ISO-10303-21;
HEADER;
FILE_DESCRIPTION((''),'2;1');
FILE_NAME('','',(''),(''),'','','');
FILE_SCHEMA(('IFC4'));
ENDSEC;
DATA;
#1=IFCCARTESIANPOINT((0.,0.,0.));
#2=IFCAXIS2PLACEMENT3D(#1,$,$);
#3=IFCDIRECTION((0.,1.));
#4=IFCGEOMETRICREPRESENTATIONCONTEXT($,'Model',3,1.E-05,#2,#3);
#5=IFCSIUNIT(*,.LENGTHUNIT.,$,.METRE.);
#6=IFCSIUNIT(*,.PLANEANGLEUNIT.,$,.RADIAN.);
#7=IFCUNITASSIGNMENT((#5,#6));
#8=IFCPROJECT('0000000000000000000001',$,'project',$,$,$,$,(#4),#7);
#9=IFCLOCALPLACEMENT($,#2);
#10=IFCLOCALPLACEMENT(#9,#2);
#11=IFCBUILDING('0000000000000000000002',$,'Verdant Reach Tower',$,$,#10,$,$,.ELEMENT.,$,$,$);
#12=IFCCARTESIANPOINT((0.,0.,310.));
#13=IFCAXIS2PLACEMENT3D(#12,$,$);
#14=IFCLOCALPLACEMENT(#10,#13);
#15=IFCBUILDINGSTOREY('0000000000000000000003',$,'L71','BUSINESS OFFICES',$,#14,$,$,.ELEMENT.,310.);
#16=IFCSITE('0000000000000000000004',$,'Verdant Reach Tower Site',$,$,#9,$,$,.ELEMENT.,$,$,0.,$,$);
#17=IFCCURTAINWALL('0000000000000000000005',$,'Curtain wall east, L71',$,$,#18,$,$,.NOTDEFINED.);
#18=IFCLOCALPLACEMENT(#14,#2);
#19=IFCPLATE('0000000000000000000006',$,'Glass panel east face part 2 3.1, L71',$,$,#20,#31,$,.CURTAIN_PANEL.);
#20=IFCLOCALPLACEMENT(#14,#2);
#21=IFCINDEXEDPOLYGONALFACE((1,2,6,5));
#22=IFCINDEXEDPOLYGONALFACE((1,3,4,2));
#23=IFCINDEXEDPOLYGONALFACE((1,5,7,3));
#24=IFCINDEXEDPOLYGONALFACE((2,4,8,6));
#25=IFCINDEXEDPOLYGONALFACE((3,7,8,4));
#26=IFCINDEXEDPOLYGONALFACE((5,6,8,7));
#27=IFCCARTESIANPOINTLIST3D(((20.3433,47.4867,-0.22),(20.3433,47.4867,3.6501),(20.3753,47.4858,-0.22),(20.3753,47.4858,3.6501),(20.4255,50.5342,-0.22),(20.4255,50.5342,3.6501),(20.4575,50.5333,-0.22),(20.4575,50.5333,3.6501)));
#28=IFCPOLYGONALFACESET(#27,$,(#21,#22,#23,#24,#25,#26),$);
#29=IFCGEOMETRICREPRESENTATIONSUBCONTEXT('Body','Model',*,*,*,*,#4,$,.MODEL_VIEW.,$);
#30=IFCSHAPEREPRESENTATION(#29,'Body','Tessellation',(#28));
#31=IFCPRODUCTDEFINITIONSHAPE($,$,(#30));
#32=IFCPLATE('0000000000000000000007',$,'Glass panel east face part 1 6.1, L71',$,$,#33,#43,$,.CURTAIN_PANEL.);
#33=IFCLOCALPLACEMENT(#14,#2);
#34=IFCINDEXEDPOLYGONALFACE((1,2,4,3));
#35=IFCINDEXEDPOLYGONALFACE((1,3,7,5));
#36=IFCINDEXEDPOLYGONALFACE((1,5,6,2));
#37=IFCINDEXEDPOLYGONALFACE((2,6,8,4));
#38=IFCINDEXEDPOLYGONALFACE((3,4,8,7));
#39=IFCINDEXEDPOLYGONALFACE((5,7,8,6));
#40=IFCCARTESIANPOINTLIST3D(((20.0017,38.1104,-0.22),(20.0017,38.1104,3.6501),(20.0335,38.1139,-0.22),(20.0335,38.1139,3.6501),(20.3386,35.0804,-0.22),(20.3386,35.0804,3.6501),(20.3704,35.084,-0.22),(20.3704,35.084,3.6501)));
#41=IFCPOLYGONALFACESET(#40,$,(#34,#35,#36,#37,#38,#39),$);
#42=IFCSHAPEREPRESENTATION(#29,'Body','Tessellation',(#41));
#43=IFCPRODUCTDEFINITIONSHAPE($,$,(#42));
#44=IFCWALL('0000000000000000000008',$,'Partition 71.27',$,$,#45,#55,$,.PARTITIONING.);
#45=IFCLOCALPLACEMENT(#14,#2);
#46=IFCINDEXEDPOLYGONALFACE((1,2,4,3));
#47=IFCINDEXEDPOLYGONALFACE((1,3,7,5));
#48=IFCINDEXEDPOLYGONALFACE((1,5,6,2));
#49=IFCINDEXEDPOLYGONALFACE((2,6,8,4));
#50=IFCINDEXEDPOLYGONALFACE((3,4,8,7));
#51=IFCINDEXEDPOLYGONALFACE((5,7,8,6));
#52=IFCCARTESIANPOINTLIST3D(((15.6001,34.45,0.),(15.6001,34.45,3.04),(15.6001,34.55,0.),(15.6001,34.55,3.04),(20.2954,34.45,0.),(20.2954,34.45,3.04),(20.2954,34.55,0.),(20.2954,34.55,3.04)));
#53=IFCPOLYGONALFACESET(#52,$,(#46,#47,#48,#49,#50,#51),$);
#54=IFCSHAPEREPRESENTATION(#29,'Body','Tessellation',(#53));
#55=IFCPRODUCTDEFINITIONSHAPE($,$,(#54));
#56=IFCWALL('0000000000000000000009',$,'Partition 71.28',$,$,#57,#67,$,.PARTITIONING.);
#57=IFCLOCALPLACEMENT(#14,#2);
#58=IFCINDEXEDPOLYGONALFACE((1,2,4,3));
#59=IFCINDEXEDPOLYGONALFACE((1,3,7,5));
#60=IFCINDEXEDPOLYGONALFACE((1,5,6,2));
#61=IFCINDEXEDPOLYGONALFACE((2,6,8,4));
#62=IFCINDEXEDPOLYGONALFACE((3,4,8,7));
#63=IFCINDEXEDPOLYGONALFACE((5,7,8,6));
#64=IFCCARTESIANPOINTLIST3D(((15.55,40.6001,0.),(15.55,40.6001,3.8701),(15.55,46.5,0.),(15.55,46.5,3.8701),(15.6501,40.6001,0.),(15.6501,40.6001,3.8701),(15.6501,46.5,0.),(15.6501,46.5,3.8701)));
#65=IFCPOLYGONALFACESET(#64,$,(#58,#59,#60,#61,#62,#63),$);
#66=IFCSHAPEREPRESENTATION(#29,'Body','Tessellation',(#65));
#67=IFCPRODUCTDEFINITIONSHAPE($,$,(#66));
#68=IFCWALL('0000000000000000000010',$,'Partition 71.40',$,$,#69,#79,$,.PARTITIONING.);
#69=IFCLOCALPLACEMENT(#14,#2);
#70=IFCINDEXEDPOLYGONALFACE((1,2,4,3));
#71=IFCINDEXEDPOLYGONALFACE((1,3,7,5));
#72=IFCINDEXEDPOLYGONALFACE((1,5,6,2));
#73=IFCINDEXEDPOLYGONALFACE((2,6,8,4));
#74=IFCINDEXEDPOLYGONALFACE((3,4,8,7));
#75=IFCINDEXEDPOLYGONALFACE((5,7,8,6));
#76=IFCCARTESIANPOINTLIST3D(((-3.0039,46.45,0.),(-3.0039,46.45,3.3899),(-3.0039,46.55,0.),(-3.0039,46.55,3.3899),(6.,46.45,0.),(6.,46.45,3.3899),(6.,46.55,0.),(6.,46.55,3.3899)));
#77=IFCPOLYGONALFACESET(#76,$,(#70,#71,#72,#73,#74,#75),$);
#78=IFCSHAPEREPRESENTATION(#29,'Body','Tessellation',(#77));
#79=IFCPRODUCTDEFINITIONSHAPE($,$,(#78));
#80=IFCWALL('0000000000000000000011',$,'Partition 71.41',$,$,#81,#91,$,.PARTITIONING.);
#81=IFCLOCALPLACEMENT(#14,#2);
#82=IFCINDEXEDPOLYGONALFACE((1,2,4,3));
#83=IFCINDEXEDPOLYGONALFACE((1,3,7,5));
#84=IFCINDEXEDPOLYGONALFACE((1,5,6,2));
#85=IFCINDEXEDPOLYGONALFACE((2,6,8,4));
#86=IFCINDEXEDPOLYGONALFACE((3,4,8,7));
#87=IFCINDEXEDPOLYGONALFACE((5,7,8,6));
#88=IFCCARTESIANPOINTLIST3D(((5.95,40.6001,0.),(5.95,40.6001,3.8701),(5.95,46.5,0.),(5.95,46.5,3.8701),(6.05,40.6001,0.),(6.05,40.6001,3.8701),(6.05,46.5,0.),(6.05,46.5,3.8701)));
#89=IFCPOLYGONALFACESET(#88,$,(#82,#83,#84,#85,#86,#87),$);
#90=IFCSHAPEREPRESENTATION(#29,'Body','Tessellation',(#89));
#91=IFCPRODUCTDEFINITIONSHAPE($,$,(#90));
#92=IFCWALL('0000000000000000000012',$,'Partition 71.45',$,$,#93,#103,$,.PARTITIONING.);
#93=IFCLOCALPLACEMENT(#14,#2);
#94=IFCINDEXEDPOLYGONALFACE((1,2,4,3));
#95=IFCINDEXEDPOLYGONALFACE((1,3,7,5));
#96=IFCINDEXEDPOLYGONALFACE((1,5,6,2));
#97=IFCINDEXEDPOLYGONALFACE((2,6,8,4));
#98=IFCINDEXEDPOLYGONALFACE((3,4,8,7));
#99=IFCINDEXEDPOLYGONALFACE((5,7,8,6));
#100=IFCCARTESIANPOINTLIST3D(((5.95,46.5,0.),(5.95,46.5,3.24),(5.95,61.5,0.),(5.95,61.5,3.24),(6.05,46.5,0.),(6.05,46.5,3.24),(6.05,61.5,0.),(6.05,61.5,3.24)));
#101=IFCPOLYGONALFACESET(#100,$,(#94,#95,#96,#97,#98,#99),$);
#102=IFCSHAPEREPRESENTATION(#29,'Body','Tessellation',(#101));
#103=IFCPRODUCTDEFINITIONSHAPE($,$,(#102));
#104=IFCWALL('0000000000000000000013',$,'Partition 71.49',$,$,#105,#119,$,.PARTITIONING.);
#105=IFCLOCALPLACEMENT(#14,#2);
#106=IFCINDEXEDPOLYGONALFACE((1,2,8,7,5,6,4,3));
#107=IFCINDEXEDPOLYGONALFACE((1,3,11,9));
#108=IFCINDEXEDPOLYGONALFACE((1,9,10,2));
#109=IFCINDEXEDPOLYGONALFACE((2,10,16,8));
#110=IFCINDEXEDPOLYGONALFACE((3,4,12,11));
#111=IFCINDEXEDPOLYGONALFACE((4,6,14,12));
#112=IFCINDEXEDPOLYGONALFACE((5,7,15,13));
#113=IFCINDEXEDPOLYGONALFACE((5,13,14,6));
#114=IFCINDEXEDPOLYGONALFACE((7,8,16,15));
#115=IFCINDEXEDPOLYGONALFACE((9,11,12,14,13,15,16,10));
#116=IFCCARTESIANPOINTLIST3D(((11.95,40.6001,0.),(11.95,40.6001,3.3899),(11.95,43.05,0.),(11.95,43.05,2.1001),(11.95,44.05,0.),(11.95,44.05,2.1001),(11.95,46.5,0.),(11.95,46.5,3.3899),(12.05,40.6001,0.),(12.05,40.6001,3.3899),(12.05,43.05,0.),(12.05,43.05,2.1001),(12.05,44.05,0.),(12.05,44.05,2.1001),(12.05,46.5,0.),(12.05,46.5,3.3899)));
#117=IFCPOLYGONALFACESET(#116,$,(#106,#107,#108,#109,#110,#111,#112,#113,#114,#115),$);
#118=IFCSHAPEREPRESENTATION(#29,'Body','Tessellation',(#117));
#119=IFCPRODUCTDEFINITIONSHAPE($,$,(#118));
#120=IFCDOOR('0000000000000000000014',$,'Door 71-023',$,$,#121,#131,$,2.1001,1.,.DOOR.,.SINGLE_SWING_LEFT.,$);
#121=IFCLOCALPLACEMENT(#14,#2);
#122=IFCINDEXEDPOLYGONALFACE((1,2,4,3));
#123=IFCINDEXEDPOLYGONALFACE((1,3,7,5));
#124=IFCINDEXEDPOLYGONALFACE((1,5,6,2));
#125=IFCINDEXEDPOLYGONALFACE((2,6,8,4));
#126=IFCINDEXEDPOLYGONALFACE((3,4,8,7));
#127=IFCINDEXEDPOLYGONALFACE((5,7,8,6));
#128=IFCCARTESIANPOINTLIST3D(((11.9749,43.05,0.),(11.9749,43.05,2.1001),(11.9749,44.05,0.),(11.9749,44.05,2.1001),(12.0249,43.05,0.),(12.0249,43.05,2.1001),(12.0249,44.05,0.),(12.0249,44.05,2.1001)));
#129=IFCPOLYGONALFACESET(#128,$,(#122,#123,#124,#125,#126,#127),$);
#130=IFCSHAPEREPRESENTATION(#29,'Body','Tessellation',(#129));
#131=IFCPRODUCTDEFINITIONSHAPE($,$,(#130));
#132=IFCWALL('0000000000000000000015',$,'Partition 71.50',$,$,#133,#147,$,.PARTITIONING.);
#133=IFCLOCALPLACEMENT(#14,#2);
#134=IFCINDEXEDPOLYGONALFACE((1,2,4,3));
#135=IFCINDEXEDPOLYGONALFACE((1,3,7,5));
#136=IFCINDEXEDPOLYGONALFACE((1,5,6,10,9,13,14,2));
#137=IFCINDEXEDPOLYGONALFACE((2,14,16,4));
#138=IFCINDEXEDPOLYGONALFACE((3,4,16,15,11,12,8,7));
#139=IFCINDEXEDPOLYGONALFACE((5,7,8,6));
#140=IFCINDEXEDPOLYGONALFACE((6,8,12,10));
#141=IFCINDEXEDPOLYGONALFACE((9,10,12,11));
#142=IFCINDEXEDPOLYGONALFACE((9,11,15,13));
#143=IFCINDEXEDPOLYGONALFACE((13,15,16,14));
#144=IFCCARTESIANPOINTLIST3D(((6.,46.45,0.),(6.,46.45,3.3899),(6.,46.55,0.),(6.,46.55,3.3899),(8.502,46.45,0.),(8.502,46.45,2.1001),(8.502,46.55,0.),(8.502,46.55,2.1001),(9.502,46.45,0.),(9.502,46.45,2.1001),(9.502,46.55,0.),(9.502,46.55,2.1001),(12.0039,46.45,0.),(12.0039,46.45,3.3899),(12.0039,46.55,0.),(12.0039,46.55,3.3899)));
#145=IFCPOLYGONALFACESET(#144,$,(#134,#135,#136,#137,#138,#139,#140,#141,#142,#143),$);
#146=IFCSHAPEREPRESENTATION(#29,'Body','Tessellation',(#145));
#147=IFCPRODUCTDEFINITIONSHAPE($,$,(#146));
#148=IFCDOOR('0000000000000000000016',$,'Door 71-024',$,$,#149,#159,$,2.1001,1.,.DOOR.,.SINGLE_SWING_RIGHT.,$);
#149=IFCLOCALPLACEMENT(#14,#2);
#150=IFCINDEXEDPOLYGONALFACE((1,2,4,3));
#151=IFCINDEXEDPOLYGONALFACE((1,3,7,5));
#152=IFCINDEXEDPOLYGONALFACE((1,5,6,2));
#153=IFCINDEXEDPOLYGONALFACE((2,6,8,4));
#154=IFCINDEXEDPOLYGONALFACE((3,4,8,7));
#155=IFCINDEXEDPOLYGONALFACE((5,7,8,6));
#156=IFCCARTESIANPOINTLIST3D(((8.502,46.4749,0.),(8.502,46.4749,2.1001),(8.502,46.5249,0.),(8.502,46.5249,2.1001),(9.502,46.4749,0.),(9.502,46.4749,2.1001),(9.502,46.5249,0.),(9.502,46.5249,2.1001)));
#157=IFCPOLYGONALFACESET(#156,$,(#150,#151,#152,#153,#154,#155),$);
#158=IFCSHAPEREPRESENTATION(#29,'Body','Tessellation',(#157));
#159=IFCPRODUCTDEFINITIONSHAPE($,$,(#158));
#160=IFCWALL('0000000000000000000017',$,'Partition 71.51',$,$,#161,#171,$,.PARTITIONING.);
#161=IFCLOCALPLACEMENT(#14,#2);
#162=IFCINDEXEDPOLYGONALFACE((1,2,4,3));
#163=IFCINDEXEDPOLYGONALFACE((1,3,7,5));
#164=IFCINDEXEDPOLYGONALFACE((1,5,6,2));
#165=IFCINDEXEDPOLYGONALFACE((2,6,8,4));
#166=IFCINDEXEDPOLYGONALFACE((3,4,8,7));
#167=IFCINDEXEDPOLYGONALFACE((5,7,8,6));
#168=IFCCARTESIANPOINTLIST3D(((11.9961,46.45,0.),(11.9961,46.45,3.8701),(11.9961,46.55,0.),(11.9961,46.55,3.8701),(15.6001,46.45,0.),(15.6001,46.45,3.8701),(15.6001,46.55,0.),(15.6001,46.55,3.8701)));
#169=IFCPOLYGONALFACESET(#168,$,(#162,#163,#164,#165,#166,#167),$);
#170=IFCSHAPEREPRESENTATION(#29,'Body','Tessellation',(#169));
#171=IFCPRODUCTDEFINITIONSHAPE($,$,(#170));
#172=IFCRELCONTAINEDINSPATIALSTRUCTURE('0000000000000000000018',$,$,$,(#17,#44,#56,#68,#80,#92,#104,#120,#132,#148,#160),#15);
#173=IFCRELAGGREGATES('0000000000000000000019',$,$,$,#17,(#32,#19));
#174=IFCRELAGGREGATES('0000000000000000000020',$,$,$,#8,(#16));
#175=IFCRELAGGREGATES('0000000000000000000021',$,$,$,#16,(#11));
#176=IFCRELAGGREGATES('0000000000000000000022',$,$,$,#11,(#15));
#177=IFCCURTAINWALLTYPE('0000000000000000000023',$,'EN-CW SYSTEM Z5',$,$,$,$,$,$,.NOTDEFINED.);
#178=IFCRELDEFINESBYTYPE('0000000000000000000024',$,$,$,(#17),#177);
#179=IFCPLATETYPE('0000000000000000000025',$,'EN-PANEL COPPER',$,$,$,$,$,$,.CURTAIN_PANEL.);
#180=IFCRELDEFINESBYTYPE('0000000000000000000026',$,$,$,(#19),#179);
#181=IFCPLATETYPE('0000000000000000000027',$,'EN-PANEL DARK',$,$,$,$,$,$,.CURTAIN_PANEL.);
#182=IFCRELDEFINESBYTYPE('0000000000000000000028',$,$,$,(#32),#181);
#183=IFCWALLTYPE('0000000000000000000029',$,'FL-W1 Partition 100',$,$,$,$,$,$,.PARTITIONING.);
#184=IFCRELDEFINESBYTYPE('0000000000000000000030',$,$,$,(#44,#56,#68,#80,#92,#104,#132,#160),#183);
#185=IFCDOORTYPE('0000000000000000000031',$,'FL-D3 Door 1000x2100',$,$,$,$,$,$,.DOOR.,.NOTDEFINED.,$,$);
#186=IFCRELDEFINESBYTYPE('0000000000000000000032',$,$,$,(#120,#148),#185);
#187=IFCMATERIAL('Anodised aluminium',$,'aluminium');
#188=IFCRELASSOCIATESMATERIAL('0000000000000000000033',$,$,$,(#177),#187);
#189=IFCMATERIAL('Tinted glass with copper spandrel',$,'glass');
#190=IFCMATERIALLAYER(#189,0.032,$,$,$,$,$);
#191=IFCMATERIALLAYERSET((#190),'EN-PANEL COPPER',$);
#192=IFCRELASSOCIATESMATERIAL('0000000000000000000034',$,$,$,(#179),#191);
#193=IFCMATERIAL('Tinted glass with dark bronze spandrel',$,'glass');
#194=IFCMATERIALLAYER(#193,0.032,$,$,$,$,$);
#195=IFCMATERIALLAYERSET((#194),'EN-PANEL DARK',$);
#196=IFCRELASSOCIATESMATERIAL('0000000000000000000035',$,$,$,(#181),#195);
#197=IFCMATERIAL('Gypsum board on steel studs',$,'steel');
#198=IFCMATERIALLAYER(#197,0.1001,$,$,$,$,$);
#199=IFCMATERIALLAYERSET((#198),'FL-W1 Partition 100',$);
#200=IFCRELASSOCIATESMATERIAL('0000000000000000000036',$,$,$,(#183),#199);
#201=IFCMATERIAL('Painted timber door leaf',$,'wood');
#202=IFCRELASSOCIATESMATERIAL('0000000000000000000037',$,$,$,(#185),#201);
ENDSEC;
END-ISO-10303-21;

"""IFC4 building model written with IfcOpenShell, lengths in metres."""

from ifc_helpers import new_model, si_unit, direction, frame, frame_2d, origin, origin_2d, place, context, subcontext, project, spatial, rectangle, extrude, material, layer, layer_set, type_object, element, fill, aggregate, save


model = new_model("IFC4")

# Units and contexts
model_context = context("Model", 3, precision=1e-05, world=origin(), true_north=direction((0.0, 1.0)))
body_context = subcontext(model_context, "Body", "Model", "MODEL_VIEW")
ifc_project = project(units=[si_unit("LENGTHUNIT", "METRE"), si_unit("PLANEANGLEUNIT", "RADIAN")], contexts=[model_context])

# Site, building, storey
site_placement = place(None, origin())
site = spatial("IfcSite", under=ifc_project, at=site_placement, Name="Verdant Reach Tower Site", CompositionType="ELEMENT", RefElevation=0.0)
building_placement = place(site_placement, origin())
building = spatial("IfcBuilding", under=site, at=building_placement, Name="Verdant Reach Tower", CompositionType="ELEMENT")
storey_placement = place(building_placement, frame((0.0, 0.0, 310.0)))
storey = spatial("IfcBuildingStorey", under=building, at=storey_placement, Name="L71", Description="BUSINESS OFFICES", CompositionType="ELEMENT", Elevation=310.0)

# Curtain wall
ifc_material_1 = material(Name="Anodised aluminium", Category="aluminium")
curtain_wall_type = type_object("IfcCurtainWallType", Name="EN-CW SYSTEM Z5", PredefinedType="NOTDEFINED", material=ifc_material_1)
curtain_wall_placement = place(storey_placement, origin())
curtain_wall = element("IfcCurtainWall", 1, at=curtain_wall_placement, inside=storey, type_object=curtain_wall_type, Name="Curtain wall east, L71", PredefinedType="NOTDEFINED")

# Plates
ifc_material_2 = material(Name="Tinted glass with copper spandrel", Category="glass")
ifc_layer_1 = layer(ifc_material_2, 0.032)
ifc_layer_set_1 = layer_set([ifc_layer_1], Name="EN-PANEL COPPER")
plate_type_1 = type_object("IfcPlateType", Name="EN-PANEL COPPER", PredefinedType="CURTAIN_PANEL", material=ifc_layer_set_1)
plate_1_placement = place(storey_placement, frame((20.4004, 49.01, -0.22), z_axis=(0.0, 0.0, 1.0), x_axis=(0.026965, 0.999636, 0.0)))
plate_1 = element("IfcPlate", 2, at=plate_1_placement, type_object=plate_type_1, Name="Glass panel east face part 2 3.1, L71", PredefinedType="CURTAIN_PANEL", context=body_context, shape_type="SweptSolid", body=[
    extrude(rectangle(XDim=3.0486, YDim=0.032, at=origin_2d()), origin(), (0.0, 0.0, 1.0), 3.8701),
])
ifc_material_3 = material(Name="Tinted glass with dark bronze spandrel", Category="glass")
ifc_layer_2 = layer(ifc_material_3, 0.032)
ifc_layer_set_2 = layer_set([ifc_layer_2], Name="EN-PANEL DARK")
plate_type_2 = type_object("IfcPlateType", Name="EN-PANEL DARK", PredefinedType="CURTAIN_PANEL", material=ifc_layer_set_2)
plate_2_placement = place(storey_placement, frame((20.186, 36.5972, -0.22), z_axis=(0.0, 0.0, 1.0), x_axis=(-0.110518, 0.993874, 0.0)))
plate_2 = element("IfcPlate", 3, at=plate_2_placement, type_object=plate_type_2, Name="Glass panel east face part 1 6.1, L71", PredefinedType="CURTAIN_PANEL", context=body_context, shape_type="SweptSolid", body=[
    extrude(rectangle(XDim=3.0486, YDim=0.032, at=origin_2d()), origin(), (0.0, 0.0, 1.0), 3.8701),
])
aggregate(curtain_wall, [plate_2, plate_1])

# Walls
ifc_material_4 = material(Name="Gypsum board on steel studs", Category="steel")
ifc_layer_3 = layer(ifc_material_4, 0.1001)
ifc_layer_set_3 = layer_set([ifc_layer_3], Name="FL-W1 Partition 100")
wall_type_1 = type_object("IfcWallType", Name="FL-W1 Partition 100", PredefinedType="PARTITIONING", material=ifc_layer_set_3)
wall_1_placement = place(storey_placement, frame((20.2954, 34.5, 0.0), z_axis=(0.0, 0.0, 1.0), x_axis=(-1.0, 0.0, 0.0)))
element("IfcWall", 4, at=wall_1_placement, inside=storey, type_object=wall_type_1, Name="Partition 71.27", PredefinedType="PARTITIONING", context=body_context, shape_type="SweptSolid", body=[
    extrude(rectangle(XDim=4.6953, YDim=0.1001, at=frame_2d((2.3477, 0.0))), origin(), (0.0, 0.0, 1.0), 3.04),
])
wall_2_placement = place(storey_placement, frame((15.6001, 46.5, 0.0), z_axis=(0.0, 0.0, 1.0), x_axis=(0.0, -1.0, 0.0)))
element("IfcWall", 5, at=wall_2_placement, inside=storey, type_object=wall_type_1, Name="Partition 71.28", PredefinedType="PARTITIONING", context=body_context, shape_type="SweptSolid", body=[
    extrude(rectangle(XDim=5.8999, YDim=0.1001, at=frame_2d((2.95, 0.0))), origin(), (0.0, 0.0, 1.0), 3.8701),
])
wall_3_placement = place(storey_placement, frame((6.0, 46.5, 0.0), z_axis=(0.0, 0.0, 1.0), x_axis=(-1.0, 0.0, 0.0)))
element("IfcWall", 6, at=wall_3_placement, inside=storey, type_object=wall_type_1, Name="Partition 71.40", PredefinedType="PARTITIONING", context=body_context, shape_type="SweptSolid", body=[
    extrude(rectangle(XDim=9.0039, YDim=0.1001, at=frame_2d((4.502, 0.0))), origin(), (0.0, 0.0, 1.0), 3.3899),
])
wall_4_placement = place(storey_placement, frame((6.0, 40.6001, 0.0), z_axis=(0.0, 0.0, 1.0), x_axis=(0.0, 1.0, 0.0)))
element("IfcWall", 7, at=wall_4_placement, inside=storey, type_object=wall_type_1, Name="Partition 71.41", PredefinedType="PARTITIONING", context=body_context, shape_type="SweptSolid", body=[
    extrude(rectangle(XDim=5.8999, YDim=0.1001, at=frame_2d((2.95, 0.0))), origin(), (0.0, 0.0, 1.0), 3.8701),
])
wall_5_placement = place(storey_placement, frame((6.0, 46.5, 0.0), z_axis=(0.0, 0.0, 1.0), x_axis=(0.0, 1.0, 0.0)))
element("IfcWall", 8, at=wall_5_placement, inside=storey, type_object=wall_type_1, Name="Partition 71.45", PredefinedType="PARTITIONING", context=body_context, shape_type="SweptSolid", body=[
    extrude(rectangle(XDim=15.0, YDim=0.1001, at=frame_2d((7.5, 0.0))), origin(), (0.0, 0.0, 1.0), 3.24),
])

# Walls, openings, doors
wall_6_placement = place(storey_placement, frame((12.0, 46.5, 0.0), z_axis=(0.0, 0.0, 1.0), x_axis=(0.0, -1.0, 0.0)))
wall_6 = element("IfcWall", 9, at=wall_6_placement, inside=storey, type_object=wall_type_1, Name="Partition 71.49", PredefinedType="PARTITIONING", context=body_context, shape_type="SweptSolid", body=[
    extrude(rectangle(XDim=5.8999, YDim=0.1001, at=frame_2d((2.95, 0.0))), origin(), (0.0, 0.0, 1.0), 3.3899),
])
opening_1_placement = place(wall_6_placement, frame((2.45, 0.0, 0.0)))
opening_1 = element("IfcOpeningElement", 10, at=opening_1_placement, cuts=wall_6, PredefinedType="OPENING", context=body_context, shape_type="SweptSolid", body=[
    extrude(rectangle(XDim=1.0, YDim=2.1001, at=frame_2d((0.5, 1.05))), frame((0.0, 0.0601, 0.0), z_axis=(0.0, -1.0, 0.0), x_axis=(1.0, 0.0, 0.0)), (0.0, 0.0, 1.0), 0.1201),
])
ifc_material_5 = material(Name="Painted timber door leaf", Category="wood")
door_type_1 = type_object("IfcDoorType", Name="FL-D3 Door 1000x2100", OperationType="NOTDEFINED", PredefinedType="DOOR", material=ifc_material_5)
door_1_placement = place(opening_1_placement, origin())
door_1 = element("IfcDoor", 11, at=door_1_placement, inside=storey, type_object=door_type_1, Name="Door 71-023", OperationType="SINGLE_SWING_LEFT", OverallHeight=2.1001, OverallWidth=1.0, PredefinedType="DOOR", context=body_context, shape_type="SweptSolid", body=[
    extrude(rectangle(XDim=1.0, YDim=2.1001, at=frame_2d((0.5, 1.05))), frame((0.0, 0.0249, 0.0), z_axis=(0.0, -1.0, 0.0), x_axis=(1.0, 0.0, 0.0)), (0.0, 0.0, 1.0), 0.05),
])
fill(opening_1, door_1)
wall_7_placement = place(storey_placement, frame((6.0, 46.5, 0.0), z_axis=(0.0, 0.0, 1.0), x_axis=(1.0, 0.0, 0.0)))
wall_7 = element("IfcWall", 12, at=wall_7_placement, inside=storey, type_object=wall_type_1, Name="Partition 71.50", PredefinedType="PARTITIONING", context=body_context, shape_type="SweptSolid", body=[
    extrude(rectangle(XDim=6.0039, YDim=0.1001, at=frame_2d((3.002, 0.0))), origin(), (0.0, 0.0, 1.0), 3.3899),
])
opening_2_placement = place(wall_7_placement, frame((2.502, 0.0, 0.0)))
opening_2 = element("IfcOpeningElement", 13, at=opening_2_placement, cuts=wall_7, PredefinedType="OPENING", context=body_context, shape_type="SweptSolid", body=[
    extrude(rectangle(XDim=1.0, YDim=2.1001, at=frame_2d((0.5, 1.05))), frame((0.0, 0.0601, 0.0), z_axis=(0.0, -1.0, 0.0), x_axis=(1.0, 0.0, 0.0)), (0.0, 0.0, 1.0), 0.1201),
])
door_2_placement = place(opening_2_placement, origin())
door_2 = element("IfcDoor", 14, at=door_2_placement, inside=storey, type_object=door_type_1, Name="Door 71-024", OperationType="SINGLE_SWING_RIGHT", OverallHeight=2.1001, OverallWidth=1.0, PredefinedType="DOOR", context=body_context, shape_type="SweptSolid", body=[
    extrude(rectangle(XDim=1.0, YDim=2.1001, at=frame_2d((0.5, 1.05))), frame((0.0, 0.0249, 0.0), z_axis=(0.0, -1.0, 0.0), x_axis=(1.0, 0.0, 0.0)), (0.0, 0.0, 1.0), 0.05),
])
fill(opening_2, door_2)

# Wall
wall_8_placement = place(storey_placement, frame((15.6001, 46.5, 0.0), z_axis=(0.0, 0.0, 1.0), x_axis=(-1.0, 0.0, 0.0)))
element("IfcWall", 15, at=wall_8_placement, inside=storey, type_object=wall_type_1, Name="Partition 71.51", PredefinedType="PARTITIONING", context=body_context, shape_type="SweptSolid", body=[
    extrude(rectangle(XDim=3.604, YDim=0.1001, at=frame_2d((1.802, 0.0))), origin(), (0.0, 0.0, 1.0), 3.8701),
])

save(model, "model.ifc")
